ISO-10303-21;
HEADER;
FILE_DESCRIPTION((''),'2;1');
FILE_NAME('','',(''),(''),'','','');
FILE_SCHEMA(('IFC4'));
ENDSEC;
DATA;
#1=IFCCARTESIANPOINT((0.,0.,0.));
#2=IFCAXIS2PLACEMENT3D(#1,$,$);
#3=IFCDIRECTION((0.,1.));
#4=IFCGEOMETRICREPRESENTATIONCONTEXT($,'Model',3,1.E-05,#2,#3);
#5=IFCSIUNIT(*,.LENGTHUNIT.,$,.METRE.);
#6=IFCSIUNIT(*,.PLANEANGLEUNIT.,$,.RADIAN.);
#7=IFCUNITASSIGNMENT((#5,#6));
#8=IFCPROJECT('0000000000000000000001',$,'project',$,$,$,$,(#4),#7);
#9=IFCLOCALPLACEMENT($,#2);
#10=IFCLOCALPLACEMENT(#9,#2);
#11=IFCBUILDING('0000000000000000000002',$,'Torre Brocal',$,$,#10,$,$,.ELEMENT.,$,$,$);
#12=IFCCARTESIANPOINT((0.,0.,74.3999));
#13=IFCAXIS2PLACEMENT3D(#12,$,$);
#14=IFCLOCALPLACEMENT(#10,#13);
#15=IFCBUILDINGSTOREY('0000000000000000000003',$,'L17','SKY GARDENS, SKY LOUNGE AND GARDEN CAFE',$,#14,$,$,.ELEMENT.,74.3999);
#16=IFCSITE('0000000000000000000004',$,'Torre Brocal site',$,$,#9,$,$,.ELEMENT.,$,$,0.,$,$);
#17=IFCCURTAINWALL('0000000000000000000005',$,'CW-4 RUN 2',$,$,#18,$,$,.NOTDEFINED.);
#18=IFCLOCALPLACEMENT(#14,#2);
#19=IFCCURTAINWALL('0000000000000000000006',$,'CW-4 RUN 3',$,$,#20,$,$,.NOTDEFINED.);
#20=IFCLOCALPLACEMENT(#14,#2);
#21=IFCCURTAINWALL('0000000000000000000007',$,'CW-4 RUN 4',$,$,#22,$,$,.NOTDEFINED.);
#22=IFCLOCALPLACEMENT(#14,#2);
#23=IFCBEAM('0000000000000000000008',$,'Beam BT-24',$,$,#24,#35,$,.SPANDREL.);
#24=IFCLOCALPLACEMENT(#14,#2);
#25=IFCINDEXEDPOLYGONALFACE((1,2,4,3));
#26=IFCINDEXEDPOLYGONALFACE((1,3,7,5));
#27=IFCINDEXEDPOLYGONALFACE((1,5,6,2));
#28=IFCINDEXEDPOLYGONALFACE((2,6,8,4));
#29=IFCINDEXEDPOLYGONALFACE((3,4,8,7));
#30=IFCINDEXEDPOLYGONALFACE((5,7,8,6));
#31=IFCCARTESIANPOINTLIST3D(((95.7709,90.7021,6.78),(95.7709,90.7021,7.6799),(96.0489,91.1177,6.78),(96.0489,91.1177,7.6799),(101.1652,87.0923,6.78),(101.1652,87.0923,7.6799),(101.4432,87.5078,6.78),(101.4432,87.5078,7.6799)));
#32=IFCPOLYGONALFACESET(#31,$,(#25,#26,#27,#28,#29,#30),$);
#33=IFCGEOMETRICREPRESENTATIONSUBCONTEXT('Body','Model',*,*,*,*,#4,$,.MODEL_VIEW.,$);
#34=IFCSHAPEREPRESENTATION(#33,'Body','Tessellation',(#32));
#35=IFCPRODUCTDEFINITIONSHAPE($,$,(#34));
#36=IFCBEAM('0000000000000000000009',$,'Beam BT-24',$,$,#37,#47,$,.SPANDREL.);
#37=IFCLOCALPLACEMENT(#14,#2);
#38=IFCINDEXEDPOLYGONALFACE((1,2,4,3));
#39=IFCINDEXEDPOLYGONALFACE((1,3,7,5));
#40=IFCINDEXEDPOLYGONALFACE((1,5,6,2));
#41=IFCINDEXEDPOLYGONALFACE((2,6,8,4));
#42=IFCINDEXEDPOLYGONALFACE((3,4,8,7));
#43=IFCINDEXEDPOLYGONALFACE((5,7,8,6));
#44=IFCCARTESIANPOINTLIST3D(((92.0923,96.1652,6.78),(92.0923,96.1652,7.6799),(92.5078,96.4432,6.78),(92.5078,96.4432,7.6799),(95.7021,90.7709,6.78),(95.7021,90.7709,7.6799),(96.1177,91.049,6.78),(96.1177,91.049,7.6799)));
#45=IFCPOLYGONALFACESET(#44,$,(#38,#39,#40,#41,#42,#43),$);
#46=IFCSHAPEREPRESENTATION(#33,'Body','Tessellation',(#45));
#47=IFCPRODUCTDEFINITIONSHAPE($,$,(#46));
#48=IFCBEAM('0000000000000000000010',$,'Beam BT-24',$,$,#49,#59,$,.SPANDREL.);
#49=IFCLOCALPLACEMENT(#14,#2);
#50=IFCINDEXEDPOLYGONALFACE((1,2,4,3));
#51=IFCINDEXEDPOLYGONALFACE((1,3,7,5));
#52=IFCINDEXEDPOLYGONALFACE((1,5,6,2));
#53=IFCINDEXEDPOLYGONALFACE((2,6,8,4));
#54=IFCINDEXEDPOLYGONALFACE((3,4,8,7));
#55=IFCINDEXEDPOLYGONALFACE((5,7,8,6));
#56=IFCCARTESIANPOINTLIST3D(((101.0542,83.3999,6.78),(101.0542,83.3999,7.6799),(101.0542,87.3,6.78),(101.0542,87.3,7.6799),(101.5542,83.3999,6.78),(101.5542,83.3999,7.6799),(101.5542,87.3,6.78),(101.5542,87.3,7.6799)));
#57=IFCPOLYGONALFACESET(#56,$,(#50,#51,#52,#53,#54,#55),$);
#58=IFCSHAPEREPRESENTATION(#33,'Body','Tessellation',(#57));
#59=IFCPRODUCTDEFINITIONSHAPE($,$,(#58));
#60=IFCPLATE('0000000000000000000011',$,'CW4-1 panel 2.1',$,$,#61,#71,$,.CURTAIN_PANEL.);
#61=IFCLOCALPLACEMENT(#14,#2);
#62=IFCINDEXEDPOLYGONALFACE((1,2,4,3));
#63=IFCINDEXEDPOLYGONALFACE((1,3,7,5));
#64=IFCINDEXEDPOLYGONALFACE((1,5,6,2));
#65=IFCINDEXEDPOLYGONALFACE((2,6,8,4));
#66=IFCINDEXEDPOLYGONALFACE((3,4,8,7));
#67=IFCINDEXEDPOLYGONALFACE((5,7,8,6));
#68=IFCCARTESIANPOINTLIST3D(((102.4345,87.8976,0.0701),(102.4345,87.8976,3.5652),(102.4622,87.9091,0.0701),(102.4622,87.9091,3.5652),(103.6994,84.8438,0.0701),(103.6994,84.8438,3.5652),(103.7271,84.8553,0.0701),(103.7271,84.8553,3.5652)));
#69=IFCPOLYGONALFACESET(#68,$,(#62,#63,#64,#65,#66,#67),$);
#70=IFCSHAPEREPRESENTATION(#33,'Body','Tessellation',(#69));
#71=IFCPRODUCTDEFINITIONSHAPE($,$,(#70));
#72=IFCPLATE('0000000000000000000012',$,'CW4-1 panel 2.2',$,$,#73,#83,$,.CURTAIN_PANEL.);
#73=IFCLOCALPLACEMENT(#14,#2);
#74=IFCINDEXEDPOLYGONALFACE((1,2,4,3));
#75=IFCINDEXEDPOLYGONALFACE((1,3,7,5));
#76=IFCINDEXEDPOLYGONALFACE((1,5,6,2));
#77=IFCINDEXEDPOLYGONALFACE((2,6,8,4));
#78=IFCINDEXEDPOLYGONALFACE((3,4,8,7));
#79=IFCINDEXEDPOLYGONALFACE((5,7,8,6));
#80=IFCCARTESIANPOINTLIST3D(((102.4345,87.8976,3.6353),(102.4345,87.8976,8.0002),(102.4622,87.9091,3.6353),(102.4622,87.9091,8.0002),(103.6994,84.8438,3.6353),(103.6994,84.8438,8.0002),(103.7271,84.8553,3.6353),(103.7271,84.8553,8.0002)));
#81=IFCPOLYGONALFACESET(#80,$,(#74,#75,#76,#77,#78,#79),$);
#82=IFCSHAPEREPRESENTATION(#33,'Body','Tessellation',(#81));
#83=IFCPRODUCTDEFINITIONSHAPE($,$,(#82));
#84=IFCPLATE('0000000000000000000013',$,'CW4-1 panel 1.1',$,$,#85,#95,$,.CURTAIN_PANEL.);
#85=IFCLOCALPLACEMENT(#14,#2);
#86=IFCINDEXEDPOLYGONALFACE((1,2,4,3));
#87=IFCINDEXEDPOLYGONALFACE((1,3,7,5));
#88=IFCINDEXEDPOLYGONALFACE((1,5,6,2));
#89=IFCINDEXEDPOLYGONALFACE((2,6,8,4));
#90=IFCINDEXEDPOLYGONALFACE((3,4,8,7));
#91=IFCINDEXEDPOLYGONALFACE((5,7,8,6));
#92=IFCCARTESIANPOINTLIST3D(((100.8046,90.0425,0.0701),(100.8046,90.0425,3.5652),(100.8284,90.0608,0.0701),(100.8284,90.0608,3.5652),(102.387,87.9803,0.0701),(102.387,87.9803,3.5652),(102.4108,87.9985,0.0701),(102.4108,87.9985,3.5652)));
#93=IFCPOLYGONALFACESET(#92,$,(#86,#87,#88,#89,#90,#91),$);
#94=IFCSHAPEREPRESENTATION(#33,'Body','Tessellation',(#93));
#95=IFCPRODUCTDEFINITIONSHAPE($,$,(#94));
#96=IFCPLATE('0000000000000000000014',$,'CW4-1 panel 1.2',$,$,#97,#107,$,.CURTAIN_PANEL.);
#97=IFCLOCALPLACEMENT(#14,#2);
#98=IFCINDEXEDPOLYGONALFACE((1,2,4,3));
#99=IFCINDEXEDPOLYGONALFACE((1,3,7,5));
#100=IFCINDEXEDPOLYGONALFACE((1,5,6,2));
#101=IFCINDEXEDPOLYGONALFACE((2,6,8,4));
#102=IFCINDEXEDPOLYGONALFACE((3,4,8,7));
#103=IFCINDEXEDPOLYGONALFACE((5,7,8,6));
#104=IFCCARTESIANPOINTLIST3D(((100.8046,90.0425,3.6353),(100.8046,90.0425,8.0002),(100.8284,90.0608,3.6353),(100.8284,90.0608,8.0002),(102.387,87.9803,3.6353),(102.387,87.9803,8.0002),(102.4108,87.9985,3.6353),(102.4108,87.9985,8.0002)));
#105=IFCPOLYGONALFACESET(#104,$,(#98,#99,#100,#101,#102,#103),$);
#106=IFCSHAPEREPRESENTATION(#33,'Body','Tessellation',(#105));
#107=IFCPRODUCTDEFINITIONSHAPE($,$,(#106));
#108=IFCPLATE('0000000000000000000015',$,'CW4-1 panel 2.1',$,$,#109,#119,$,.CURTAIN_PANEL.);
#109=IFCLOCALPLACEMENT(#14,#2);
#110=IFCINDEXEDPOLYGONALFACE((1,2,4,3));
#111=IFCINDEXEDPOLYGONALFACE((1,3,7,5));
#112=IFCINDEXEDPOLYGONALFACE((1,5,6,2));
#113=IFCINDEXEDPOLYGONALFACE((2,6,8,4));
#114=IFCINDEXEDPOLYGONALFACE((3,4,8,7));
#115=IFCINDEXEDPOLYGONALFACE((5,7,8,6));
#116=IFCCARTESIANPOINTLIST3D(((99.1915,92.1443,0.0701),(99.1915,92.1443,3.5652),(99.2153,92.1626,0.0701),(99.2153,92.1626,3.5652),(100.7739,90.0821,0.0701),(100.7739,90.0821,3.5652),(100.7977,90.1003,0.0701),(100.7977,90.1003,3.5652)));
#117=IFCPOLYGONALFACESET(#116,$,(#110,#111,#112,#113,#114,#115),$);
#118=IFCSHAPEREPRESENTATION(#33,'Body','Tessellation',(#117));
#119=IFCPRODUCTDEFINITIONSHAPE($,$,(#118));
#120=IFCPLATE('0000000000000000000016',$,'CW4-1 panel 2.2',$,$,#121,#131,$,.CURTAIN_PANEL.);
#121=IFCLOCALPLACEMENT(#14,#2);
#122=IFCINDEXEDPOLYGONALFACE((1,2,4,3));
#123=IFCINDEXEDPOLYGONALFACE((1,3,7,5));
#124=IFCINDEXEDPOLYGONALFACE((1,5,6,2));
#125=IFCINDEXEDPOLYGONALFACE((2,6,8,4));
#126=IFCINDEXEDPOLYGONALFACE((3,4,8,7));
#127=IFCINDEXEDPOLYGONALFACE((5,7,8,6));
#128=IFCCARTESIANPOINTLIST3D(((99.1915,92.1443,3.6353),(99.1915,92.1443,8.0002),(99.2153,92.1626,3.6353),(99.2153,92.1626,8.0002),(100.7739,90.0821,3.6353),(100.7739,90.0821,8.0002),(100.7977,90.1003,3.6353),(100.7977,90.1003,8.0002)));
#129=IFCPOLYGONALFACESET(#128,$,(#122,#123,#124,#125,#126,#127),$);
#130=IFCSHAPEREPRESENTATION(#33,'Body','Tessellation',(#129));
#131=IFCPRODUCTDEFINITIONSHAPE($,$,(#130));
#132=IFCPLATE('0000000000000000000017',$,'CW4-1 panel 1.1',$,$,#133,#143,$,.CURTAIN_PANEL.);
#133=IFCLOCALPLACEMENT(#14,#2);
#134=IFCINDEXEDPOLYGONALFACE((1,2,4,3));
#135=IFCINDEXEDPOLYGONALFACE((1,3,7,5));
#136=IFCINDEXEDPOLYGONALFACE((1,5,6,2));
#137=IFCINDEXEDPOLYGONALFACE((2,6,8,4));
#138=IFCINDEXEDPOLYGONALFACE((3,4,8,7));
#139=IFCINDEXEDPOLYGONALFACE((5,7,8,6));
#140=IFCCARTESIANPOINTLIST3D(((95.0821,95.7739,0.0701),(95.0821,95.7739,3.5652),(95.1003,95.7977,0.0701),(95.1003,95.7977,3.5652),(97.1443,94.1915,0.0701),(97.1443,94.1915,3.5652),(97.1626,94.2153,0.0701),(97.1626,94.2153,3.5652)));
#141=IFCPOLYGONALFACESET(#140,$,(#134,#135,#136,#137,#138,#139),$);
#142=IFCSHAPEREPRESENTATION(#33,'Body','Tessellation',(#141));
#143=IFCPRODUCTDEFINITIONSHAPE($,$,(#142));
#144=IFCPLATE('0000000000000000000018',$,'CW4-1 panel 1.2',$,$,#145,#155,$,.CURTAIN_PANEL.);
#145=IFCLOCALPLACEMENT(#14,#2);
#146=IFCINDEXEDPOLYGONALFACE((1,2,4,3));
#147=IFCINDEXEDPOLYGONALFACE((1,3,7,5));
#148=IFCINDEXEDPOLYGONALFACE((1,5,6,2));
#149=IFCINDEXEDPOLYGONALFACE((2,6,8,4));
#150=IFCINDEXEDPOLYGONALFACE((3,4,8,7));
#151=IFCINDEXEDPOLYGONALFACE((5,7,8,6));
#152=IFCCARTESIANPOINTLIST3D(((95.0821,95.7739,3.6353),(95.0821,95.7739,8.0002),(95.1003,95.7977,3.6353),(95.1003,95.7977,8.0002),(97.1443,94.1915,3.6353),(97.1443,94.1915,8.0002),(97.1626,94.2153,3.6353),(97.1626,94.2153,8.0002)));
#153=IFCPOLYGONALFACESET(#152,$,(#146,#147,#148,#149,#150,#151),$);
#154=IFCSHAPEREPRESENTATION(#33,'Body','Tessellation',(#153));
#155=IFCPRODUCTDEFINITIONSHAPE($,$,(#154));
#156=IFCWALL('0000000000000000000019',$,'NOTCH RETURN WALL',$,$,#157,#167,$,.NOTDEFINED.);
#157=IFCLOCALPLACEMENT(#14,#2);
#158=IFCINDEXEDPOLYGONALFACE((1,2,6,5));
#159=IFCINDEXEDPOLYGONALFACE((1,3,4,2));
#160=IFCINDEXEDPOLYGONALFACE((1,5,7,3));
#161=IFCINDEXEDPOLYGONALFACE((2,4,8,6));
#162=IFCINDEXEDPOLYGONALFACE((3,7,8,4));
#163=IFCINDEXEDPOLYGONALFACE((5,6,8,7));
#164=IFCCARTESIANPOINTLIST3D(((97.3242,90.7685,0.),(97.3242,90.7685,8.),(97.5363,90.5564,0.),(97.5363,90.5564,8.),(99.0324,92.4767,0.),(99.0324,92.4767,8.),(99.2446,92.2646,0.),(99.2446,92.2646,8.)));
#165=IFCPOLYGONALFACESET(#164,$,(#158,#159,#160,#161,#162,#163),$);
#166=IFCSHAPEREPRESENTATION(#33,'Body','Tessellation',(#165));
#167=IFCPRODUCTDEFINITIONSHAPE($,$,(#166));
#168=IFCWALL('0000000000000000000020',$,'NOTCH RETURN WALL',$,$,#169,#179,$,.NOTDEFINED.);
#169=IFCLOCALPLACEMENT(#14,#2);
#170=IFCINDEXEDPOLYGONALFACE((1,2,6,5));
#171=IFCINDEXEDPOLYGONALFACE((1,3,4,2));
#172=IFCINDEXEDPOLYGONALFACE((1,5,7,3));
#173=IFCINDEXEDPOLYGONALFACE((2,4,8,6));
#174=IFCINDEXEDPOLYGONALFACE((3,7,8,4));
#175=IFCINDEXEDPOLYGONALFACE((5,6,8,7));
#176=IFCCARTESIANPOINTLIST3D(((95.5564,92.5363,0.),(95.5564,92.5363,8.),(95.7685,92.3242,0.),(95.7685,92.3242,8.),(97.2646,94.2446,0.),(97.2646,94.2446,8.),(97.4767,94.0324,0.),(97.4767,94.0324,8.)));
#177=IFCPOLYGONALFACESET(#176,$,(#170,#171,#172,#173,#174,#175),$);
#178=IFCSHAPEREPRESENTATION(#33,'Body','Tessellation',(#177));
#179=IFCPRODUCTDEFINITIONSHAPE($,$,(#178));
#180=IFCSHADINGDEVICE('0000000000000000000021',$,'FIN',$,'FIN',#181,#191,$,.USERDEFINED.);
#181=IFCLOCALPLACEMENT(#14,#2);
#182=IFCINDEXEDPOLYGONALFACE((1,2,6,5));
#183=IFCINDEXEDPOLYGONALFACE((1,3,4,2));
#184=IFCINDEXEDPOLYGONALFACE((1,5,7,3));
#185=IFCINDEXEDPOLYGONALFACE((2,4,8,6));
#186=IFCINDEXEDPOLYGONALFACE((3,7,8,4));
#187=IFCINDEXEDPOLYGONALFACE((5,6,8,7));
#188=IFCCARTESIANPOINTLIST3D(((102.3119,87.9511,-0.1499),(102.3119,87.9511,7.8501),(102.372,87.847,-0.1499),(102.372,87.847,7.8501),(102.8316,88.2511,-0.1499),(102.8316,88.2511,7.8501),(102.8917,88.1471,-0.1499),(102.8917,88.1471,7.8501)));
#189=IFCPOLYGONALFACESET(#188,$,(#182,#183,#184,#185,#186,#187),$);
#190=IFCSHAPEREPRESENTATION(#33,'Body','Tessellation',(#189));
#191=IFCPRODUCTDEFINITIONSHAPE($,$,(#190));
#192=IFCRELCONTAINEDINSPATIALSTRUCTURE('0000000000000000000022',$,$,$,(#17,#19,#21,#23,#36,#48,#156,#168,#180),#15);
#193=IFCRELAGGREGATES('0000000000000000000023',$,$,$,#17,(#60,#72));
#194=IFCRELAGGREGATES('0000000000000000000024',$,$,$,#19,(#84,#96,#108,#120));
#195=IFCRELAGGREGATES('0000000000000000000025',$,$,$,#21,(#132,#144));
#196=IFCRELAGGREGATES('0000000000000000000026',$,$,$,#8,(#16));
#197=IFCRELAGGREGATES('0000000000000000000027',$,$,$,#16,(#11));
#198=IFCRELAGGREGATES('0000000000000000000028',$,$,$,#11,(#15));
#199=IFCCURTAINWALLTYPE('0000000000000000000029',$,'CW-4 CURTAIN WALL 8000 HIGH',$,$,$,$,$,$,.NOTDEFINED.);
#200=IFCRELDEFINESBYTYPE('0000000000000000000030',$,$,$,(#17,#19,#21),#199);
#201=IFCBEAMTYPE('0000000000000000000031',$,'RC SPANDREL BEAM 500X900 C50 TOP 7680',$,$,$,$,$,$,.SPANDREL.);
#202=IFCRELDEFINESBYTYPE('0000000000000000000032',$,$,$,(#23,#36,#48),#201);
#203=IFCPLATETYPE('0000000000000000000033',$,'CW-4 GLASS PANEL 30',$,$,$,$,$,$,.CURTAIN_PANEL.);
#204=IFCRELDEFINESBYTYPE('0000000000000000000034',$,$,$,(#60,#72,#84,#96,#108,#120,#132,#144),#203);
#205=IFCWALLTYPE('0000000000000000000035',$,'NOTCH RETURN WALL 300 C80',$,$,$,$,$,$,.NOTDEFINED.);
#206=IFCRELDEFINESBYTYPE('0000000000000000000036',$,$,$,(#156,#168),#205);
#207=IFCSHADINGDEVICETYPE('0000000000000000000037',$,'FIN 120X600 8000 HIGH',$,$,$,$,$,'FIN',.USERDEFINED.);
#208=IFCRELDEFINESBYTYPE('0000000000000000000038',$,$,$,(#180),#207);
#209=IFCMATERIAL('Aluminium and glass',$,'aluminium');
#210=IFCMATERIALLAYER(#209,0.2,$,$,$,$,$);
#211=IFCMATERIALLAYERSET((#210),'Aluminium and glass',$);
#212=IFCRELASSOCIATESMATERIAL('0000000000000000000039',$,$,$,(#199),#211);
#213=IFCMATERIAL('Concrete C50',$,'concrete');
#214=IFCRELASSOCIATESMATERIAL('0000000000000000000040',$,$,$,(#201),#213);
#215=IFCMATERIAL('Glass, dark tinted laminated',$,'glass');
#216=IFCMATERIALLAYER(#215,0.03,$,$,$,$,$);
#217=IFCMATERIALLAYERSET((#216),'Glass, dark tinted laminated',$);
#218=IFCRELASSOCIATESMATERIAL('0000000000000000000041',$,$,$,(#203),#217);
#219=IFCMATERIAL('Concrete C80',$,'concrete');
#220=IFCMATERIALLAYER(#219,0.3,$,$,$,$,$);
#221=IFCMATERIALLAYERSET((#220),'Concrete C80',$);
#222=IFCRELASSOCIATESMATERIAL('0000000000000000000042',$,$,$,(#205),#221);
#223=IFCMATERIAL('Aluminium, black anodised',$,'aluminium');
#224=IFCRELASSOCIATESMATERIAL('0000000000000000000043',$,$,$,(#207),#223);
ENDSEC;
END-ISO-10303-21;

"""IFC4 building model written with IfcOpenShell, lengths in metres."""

from ifc_helpers import new_model, si_unit, direction, frame, frame_2d, origin, origin_2d, place, context, subcontext, project, spatial, rectangle, extrude, material, layer, layer_set, material_profile, profile_set, type_object, element, aggregate, save


model = new_model("IFC4")

# Units and contexts
model_context = context("Model", 3, precision=1e-05, world=origin(), true_north=direction((0.0, 1.0)))
body_context = subcontext(model_context, "Body", "Model", "MODEL_VIEW")
ifc_project = project(units=[si_unit("LENGTHUNIT", "METRE"), si_unit("PLANEANGLEUNIT", "RADIAN")], contexts=[model_context])

# Site, building, storey
site_placement = place(None, origin())
site = spatial("IfcSite", under=ifc_project, at=site_placement, Name="Torre Brocal site", CompositionType="ELEMENT", RefElevation=0.0)
building_placement = place(site_placement, origin())
building = spatial("IfcBuilding", under=site, at=building_placement, Name="Torre Brocal", CompositionType="ELEMENT")
storey_placement = place(building_placement, frame((0.0, 0.0, 74.3999)))
storey = spatial("IfcBuildingStorey", under=building, at=storey_placement, Name="L17", Description="SKY GARDENS, SKY LOUNGE AND GARDEN CAFE", CompositionType="ELEMENT", Elevation=74.3999)

# Curtain wall
ifc_material_1 = material(Name="Aluminium and glass", Category="aluminium")
ifc_layer_1 = layer(ifc_material_1, 0.2)
ifc_layer_set_1 = layer_set([ifc_layer_1], Name="Aluminium and glass")
curtain_wall_type = type_object("IfcCurtainWallType", Name="CW-4 CURTAIN WALL 8000 HIGH", PredefinedType="NOTDEFINED", material=ifc_layer_set_1)
curtain_wall_1_placement = place(storey_placement, origin())
curtain_wall_1 = element("IfcCurtainWall", 1, at=curtain_wall_1_placement, inside=storey, type_object=curtain_wall_type, Name="CW-4 RUN 2", PredefinedType="NOTDEFINED")

# Curtain walls
curtain_wall_2_placement = place(storey_placement, origin())
curtain_wall_2 = element("IfcCurtainWall", 2, at=curtain_wall_2_placement, inside=storey, type_object=curtain_wall_type, Name="CW-4 RUN 3", PredefinedType="NOTDEFINED")
curtain_wall_3_placement = place(storey_placement, origin())
curtain_wall_3 = element("IfcCurtainWall", 3, at=curtain_wall_3_placement, inside=storey, type_object=curtain_wall_type, Name="CW-4 RUN 4", PredefinedType="NOTDEFINED")

# Beams
ifc_material_2 = material(Name="Concrete C50", Category="concrete")
ifc_material_profile_1 = material_profile(ifc_material_2, rectangle(XDim=0.5, YDim=0.8999, at=origin_2d()), Name="RC 500X900")
ifc_profile_set_1 = profile_set([ifc_material_profile_1], Name="Concrete C50")
beam_type = type_object("IfcBeamType", Name="RC SPANDREL BEAM 500X900 C50 TOP 7680", PredefinedType="SPANDREL", material=ifc_profile_set_1)
for number, where, z_axis, x_axis, name in (
    (4, (101.3042, 87.3, 7.23), (-0.831077, 0.556158, 0.0), (-0.556158, -0.831077, 0.0), "Beam BT-24"),
    (5, (95.9099, 90.9099, 7.23), (-0.556158, 0.831077, 0.0), (-0.831077, -0.556158, 0.0), "Beam BT-24"),
):
    element("IfcBeam", number, at=place(storey_placement, frame(where, z_axis=z_axis, x_axis=x_axis)), inside=storey, type_object=beam_type, Name=name, PredefinedType="SPANDREL", context=body_context, shape_type="SweptSolid", body=[
        extrude(rectangle(XDim=0.5, YDim=0.8999, at=origin_2d()), origin(), (0.0, 0.0, 1.0), 6.4907),
    ])
beam_placement = place(storey_placement, frame((101.3042, 87.3, 7.23), z_axis=(0.0, -1.0, 0.0), x_axis=(1.0, 0.0, 0.0)))
element("IfcBeam", 6, at=beam_placement, inside=storey, type_object=beam_type, Name="Beam BT-24", PredefinedType="SPANDREL", context=body_context, shape_type="SweptSolid", body=[
    extrude(rectangle(XDim=0.5, YDim=0.8999, at=origin_2d()), origin(), (0.0, 0.0, 1.0), 3.9001),
])

# Plates
ifc_material_3 = material(Name="Glass, dark tinted laminated", Category="glass")
ifc_layer_2 = layer(ifc_material_3, 0.03)
ifc_layer_set_2 = layer_set([ifc_layer_2], Name="Glass, dark tinted laminated")
plate_type = type_object("IfcPlateType", Name="CW-4 GLASS PANEL 30", PredefinedType="CURTAIN_PANEL", material=ifc_layer_set_2)
plate_1_placement = place(storey_placement, frame((103.0808, 86.3765, 0.0701), z_axis=(0.0, 0.0, 1.0), x_axis=(-0.382683, 0.92388, 0.0)))
plate_1 = element("IfcPlate", 7, at=plate_1_placement, type_object=plate_type, Name="CW4-1 panel 2.1", PredefinedType="CURTAIN_PANEL", context=body_context, shape_type="SweptSolid", body=[
    extrude(rectangle(XDim=3.3054, YDim=0.03, at=origin_2d()), origin(), (0.0, 0.0, 1.0), 3.4951),
])
plate_2_placement = place(storey_placement, frame((103.0808, 86.3765, 3.6353), z_axis=(0.0, 0.0, 1.0), x_axis=(-0.382683, 0.92388, 0.0)))
plate_2 = element("IfcPlate", 8, at=plate_2_placement, type_object=plate_type, Name="CW4-1 panel 2.2", PredefinedType="CURTAIN_PANEL", context=body_context, shape_type="SweptSolid", body=[
    extrude(rectangle(XDim=3.3054, YDim=0.03, at=origin_2d()), origin(), (0.0, 0.0, 1.0), 4.365),
])
aggregate(curtain_wall_1, [plate_1, plate_2])
plate_3_placement = place(storey_placement, frame((101.6077, 89.0205, 0.0701), z_axis=(0.0, 0.0, 1.0), x_axis=(-0.608761, 0.793353, 0.0)))
plate_3 = element("IfcPlate", 9, at=plate_3_placement, type_object=plate_type, Name="CW4-1 panel 1.1", PredefinedType="CURTAIN_PANEL", context=body_context, shape_type="SweptSolid", body=[
    extrude(rectangle(XDim=2.5994, YDim=0.03, at=origin_2d()), origin(), (0.0, 0.0, 1.0), 3.4951),
])
plate_4_placement = place(storey_placement, frame((101.6077, 89.0205, 3.6353), z_axis=(0.0, 0.0, 1.0), x_axis=(-0.608761, 0.793353, 0.0)))
plate_4 = element("IfcPlate", 10, at=plate_4_placement, type_object=plate_type, Name="CW4-1 panel 1.2", PredefinedType="CURTAIN_PANEL", context=body_context, shape_type="SweptSolid", body=[
    extrude(rectangle(XDim=2.5994, YDim=0.03, at=origin_2d()), origin(), (0.0, 0.0, 1.0), 4.365),
])
plate_5_placement = place(storey_placement, frame((99.9946, 91.1223, 0.0701), z_axis=(0.0, 0.0, 1.0), x_axis=(-0.608761, 0.793353, 0.0)))
plate_5 = element("IfcPlate", 11, at=plate_5_placement, type_object=plate_type, Name="CW4-1 panel 2.1", PredefinedType="CURTAIN_PANEL", context=body_context, shape_type="SweptSolid", body=[
    extrude(rectangle(XDim=2.5994, YDim=0.03, at=origin_2d()), origin(), (0.0, 0.0, 1.0), 3.4951),
])
plate_6_placement = place(storey_placement, frame((99.9946, 91.1223, 3.6353), z_axis=(0.0, 0.0, 1.0), x_axis=(-0.608761, 0.793353, 0.0)))
plate_6 = element("IfcPlate", 12, at=plate_6_placement, type_object=plate_type, Name="CW4-1 panel 2.2", PredefinedType="CURTAIN_PANEL", context=body_context, shape_type="SweptSolid", body=[
    extrude(rectangle(XDim=2.5994, YDim=0.03, at=origin_2d()), origin(), (0.0, 0.0, 1.0), 4.365),
])
aggregate(curtain_wall_2, [plate_3, plate_4, plate_5, plate_6])
plate_7_placement = place(storey_placement, frame((96.1223, 94.9946, 0.0701), z_axis=(0.0, 0.0, 1.0), x_axis=(-0.793353, 0.608761, 0.0)))
plate_7 = element("IfcPlate", 13, at=plate_7_placement, type_object=plate_type, Name="CW4-1 panel 1.1", PredefinedType="CURTAIN_PANEL", context=body_context, shape_type="SweptSolid", body=[
    extrude(rectangle(XDim=2.5994, YDim=0.03, at=origin_2d()), origin(), (0.0, 0.0, 1.0), 3.4951),
])
plate_8_placement = place(storey_placement, frame((96.1223, 94.9946, 3.6353), z_axis=(0.0, 0.0, 1.0), x_axis=(-0.793353, 0.608761, 0.0)))
plate_8 = element("IfcPlate", 14, at=plate_8_placement, type_object=plate_type, Name="CW4-1 panel 1.2", PredefinedType="CURTAIN_PANEL", context=body_context, shape_type="SweptSolid", body=[
    extrude(rectangle(XDim=2.5994, YDim=0.03, at=origin_2d()), origin(), (0.0, 0.0, 1.0), 4.365),
])
aggregate(curtain_wall_3, [plate_7, plate_8])

# Walls
ifc_material_4 = material(Name="Concrete C80", Category="concrete")
ifc_layer_3 = layer(ifc_material_4, 0.3)
ifc_layer_set_3 = layer_set([ifc_layer_3], Name="Concrete C80")
wall_type = type_object("IfcWallType", Name="NOTCH RETURN WALL 300 C80", PredefinedType="NOTDEFINED", material=ifc_layer_set_3)
for number, where, z_axis, x_axis, name in (
    (15, (97.4302, 90.6624, 0.0), (0.0, 0.0, 1.0), (0.707107, 0.707107, 0.0), "NOTCH RETURN WALL"),
    (16, (95.6624, 92.4302, 0.0), (0.0, 0.0, 1.0), (0.707107, 0.707107, 0.0), "NOTCH RETURN WALL"),
):
    element("IfcWall", number, at=place(storey_placement, frame(where, z_axis=z_axis, x_axis=x_axis)), inside=storey, type_object=wall_type, Name=name, PredefinedType="NOTDEFINED", context=body_context, shape_type="SweptSolid", body=[
        extrude(rectangle(XDim=2.4158, YDim=0.3, at=frame_2d((1.208, 0.0))), origin(), (0.0, 0.0, 1.0), 8.0),
    ])

# Shading device
ifc_material_5 = material(Name="Aluminium, black anodised", Category="aluminium")
ifc_material_profile_2 = material_profile(ifc_material_5, rectangle(XDim=0.1201, YDim=0.6001, at=origin_2d()), Name="FIN 120X600 8000 HIGH")
ifc_profile_set_2 = profile_set([ifc_material_profile_2], Name="Aluminium, black anodised")
shading_device_type = type_object("IfcShadingDeviceType", Name="FIN 120X600 8000 HIGH", ElementType="FIN", PredefinedType="USERDEFINED", material=ifc_profile_set_2)
shading_device_placement = place(storey_placement, frame((102.6018, 88.0491, -0.1499), z_axis=(0.0, 0.0, 1.0), x_axis=(-0.5, 0.866025, 0.0)))
element("IfcShadingDevice", 17, at=shading_device_placement, inside=storey, type_object=shading_device_type, Name="FIN", ObjectType="FIN", PredefinedType="USERDEFINED", context=body_context, shape_type="SweptSolid", body=[
    extrude(rectangle(XDim=0.1201, YDim=0.6001, at=origin_2d()), origin(), (0.0, 0.0, 1.0), 8.0),
])

save(model, "model.ifc")
